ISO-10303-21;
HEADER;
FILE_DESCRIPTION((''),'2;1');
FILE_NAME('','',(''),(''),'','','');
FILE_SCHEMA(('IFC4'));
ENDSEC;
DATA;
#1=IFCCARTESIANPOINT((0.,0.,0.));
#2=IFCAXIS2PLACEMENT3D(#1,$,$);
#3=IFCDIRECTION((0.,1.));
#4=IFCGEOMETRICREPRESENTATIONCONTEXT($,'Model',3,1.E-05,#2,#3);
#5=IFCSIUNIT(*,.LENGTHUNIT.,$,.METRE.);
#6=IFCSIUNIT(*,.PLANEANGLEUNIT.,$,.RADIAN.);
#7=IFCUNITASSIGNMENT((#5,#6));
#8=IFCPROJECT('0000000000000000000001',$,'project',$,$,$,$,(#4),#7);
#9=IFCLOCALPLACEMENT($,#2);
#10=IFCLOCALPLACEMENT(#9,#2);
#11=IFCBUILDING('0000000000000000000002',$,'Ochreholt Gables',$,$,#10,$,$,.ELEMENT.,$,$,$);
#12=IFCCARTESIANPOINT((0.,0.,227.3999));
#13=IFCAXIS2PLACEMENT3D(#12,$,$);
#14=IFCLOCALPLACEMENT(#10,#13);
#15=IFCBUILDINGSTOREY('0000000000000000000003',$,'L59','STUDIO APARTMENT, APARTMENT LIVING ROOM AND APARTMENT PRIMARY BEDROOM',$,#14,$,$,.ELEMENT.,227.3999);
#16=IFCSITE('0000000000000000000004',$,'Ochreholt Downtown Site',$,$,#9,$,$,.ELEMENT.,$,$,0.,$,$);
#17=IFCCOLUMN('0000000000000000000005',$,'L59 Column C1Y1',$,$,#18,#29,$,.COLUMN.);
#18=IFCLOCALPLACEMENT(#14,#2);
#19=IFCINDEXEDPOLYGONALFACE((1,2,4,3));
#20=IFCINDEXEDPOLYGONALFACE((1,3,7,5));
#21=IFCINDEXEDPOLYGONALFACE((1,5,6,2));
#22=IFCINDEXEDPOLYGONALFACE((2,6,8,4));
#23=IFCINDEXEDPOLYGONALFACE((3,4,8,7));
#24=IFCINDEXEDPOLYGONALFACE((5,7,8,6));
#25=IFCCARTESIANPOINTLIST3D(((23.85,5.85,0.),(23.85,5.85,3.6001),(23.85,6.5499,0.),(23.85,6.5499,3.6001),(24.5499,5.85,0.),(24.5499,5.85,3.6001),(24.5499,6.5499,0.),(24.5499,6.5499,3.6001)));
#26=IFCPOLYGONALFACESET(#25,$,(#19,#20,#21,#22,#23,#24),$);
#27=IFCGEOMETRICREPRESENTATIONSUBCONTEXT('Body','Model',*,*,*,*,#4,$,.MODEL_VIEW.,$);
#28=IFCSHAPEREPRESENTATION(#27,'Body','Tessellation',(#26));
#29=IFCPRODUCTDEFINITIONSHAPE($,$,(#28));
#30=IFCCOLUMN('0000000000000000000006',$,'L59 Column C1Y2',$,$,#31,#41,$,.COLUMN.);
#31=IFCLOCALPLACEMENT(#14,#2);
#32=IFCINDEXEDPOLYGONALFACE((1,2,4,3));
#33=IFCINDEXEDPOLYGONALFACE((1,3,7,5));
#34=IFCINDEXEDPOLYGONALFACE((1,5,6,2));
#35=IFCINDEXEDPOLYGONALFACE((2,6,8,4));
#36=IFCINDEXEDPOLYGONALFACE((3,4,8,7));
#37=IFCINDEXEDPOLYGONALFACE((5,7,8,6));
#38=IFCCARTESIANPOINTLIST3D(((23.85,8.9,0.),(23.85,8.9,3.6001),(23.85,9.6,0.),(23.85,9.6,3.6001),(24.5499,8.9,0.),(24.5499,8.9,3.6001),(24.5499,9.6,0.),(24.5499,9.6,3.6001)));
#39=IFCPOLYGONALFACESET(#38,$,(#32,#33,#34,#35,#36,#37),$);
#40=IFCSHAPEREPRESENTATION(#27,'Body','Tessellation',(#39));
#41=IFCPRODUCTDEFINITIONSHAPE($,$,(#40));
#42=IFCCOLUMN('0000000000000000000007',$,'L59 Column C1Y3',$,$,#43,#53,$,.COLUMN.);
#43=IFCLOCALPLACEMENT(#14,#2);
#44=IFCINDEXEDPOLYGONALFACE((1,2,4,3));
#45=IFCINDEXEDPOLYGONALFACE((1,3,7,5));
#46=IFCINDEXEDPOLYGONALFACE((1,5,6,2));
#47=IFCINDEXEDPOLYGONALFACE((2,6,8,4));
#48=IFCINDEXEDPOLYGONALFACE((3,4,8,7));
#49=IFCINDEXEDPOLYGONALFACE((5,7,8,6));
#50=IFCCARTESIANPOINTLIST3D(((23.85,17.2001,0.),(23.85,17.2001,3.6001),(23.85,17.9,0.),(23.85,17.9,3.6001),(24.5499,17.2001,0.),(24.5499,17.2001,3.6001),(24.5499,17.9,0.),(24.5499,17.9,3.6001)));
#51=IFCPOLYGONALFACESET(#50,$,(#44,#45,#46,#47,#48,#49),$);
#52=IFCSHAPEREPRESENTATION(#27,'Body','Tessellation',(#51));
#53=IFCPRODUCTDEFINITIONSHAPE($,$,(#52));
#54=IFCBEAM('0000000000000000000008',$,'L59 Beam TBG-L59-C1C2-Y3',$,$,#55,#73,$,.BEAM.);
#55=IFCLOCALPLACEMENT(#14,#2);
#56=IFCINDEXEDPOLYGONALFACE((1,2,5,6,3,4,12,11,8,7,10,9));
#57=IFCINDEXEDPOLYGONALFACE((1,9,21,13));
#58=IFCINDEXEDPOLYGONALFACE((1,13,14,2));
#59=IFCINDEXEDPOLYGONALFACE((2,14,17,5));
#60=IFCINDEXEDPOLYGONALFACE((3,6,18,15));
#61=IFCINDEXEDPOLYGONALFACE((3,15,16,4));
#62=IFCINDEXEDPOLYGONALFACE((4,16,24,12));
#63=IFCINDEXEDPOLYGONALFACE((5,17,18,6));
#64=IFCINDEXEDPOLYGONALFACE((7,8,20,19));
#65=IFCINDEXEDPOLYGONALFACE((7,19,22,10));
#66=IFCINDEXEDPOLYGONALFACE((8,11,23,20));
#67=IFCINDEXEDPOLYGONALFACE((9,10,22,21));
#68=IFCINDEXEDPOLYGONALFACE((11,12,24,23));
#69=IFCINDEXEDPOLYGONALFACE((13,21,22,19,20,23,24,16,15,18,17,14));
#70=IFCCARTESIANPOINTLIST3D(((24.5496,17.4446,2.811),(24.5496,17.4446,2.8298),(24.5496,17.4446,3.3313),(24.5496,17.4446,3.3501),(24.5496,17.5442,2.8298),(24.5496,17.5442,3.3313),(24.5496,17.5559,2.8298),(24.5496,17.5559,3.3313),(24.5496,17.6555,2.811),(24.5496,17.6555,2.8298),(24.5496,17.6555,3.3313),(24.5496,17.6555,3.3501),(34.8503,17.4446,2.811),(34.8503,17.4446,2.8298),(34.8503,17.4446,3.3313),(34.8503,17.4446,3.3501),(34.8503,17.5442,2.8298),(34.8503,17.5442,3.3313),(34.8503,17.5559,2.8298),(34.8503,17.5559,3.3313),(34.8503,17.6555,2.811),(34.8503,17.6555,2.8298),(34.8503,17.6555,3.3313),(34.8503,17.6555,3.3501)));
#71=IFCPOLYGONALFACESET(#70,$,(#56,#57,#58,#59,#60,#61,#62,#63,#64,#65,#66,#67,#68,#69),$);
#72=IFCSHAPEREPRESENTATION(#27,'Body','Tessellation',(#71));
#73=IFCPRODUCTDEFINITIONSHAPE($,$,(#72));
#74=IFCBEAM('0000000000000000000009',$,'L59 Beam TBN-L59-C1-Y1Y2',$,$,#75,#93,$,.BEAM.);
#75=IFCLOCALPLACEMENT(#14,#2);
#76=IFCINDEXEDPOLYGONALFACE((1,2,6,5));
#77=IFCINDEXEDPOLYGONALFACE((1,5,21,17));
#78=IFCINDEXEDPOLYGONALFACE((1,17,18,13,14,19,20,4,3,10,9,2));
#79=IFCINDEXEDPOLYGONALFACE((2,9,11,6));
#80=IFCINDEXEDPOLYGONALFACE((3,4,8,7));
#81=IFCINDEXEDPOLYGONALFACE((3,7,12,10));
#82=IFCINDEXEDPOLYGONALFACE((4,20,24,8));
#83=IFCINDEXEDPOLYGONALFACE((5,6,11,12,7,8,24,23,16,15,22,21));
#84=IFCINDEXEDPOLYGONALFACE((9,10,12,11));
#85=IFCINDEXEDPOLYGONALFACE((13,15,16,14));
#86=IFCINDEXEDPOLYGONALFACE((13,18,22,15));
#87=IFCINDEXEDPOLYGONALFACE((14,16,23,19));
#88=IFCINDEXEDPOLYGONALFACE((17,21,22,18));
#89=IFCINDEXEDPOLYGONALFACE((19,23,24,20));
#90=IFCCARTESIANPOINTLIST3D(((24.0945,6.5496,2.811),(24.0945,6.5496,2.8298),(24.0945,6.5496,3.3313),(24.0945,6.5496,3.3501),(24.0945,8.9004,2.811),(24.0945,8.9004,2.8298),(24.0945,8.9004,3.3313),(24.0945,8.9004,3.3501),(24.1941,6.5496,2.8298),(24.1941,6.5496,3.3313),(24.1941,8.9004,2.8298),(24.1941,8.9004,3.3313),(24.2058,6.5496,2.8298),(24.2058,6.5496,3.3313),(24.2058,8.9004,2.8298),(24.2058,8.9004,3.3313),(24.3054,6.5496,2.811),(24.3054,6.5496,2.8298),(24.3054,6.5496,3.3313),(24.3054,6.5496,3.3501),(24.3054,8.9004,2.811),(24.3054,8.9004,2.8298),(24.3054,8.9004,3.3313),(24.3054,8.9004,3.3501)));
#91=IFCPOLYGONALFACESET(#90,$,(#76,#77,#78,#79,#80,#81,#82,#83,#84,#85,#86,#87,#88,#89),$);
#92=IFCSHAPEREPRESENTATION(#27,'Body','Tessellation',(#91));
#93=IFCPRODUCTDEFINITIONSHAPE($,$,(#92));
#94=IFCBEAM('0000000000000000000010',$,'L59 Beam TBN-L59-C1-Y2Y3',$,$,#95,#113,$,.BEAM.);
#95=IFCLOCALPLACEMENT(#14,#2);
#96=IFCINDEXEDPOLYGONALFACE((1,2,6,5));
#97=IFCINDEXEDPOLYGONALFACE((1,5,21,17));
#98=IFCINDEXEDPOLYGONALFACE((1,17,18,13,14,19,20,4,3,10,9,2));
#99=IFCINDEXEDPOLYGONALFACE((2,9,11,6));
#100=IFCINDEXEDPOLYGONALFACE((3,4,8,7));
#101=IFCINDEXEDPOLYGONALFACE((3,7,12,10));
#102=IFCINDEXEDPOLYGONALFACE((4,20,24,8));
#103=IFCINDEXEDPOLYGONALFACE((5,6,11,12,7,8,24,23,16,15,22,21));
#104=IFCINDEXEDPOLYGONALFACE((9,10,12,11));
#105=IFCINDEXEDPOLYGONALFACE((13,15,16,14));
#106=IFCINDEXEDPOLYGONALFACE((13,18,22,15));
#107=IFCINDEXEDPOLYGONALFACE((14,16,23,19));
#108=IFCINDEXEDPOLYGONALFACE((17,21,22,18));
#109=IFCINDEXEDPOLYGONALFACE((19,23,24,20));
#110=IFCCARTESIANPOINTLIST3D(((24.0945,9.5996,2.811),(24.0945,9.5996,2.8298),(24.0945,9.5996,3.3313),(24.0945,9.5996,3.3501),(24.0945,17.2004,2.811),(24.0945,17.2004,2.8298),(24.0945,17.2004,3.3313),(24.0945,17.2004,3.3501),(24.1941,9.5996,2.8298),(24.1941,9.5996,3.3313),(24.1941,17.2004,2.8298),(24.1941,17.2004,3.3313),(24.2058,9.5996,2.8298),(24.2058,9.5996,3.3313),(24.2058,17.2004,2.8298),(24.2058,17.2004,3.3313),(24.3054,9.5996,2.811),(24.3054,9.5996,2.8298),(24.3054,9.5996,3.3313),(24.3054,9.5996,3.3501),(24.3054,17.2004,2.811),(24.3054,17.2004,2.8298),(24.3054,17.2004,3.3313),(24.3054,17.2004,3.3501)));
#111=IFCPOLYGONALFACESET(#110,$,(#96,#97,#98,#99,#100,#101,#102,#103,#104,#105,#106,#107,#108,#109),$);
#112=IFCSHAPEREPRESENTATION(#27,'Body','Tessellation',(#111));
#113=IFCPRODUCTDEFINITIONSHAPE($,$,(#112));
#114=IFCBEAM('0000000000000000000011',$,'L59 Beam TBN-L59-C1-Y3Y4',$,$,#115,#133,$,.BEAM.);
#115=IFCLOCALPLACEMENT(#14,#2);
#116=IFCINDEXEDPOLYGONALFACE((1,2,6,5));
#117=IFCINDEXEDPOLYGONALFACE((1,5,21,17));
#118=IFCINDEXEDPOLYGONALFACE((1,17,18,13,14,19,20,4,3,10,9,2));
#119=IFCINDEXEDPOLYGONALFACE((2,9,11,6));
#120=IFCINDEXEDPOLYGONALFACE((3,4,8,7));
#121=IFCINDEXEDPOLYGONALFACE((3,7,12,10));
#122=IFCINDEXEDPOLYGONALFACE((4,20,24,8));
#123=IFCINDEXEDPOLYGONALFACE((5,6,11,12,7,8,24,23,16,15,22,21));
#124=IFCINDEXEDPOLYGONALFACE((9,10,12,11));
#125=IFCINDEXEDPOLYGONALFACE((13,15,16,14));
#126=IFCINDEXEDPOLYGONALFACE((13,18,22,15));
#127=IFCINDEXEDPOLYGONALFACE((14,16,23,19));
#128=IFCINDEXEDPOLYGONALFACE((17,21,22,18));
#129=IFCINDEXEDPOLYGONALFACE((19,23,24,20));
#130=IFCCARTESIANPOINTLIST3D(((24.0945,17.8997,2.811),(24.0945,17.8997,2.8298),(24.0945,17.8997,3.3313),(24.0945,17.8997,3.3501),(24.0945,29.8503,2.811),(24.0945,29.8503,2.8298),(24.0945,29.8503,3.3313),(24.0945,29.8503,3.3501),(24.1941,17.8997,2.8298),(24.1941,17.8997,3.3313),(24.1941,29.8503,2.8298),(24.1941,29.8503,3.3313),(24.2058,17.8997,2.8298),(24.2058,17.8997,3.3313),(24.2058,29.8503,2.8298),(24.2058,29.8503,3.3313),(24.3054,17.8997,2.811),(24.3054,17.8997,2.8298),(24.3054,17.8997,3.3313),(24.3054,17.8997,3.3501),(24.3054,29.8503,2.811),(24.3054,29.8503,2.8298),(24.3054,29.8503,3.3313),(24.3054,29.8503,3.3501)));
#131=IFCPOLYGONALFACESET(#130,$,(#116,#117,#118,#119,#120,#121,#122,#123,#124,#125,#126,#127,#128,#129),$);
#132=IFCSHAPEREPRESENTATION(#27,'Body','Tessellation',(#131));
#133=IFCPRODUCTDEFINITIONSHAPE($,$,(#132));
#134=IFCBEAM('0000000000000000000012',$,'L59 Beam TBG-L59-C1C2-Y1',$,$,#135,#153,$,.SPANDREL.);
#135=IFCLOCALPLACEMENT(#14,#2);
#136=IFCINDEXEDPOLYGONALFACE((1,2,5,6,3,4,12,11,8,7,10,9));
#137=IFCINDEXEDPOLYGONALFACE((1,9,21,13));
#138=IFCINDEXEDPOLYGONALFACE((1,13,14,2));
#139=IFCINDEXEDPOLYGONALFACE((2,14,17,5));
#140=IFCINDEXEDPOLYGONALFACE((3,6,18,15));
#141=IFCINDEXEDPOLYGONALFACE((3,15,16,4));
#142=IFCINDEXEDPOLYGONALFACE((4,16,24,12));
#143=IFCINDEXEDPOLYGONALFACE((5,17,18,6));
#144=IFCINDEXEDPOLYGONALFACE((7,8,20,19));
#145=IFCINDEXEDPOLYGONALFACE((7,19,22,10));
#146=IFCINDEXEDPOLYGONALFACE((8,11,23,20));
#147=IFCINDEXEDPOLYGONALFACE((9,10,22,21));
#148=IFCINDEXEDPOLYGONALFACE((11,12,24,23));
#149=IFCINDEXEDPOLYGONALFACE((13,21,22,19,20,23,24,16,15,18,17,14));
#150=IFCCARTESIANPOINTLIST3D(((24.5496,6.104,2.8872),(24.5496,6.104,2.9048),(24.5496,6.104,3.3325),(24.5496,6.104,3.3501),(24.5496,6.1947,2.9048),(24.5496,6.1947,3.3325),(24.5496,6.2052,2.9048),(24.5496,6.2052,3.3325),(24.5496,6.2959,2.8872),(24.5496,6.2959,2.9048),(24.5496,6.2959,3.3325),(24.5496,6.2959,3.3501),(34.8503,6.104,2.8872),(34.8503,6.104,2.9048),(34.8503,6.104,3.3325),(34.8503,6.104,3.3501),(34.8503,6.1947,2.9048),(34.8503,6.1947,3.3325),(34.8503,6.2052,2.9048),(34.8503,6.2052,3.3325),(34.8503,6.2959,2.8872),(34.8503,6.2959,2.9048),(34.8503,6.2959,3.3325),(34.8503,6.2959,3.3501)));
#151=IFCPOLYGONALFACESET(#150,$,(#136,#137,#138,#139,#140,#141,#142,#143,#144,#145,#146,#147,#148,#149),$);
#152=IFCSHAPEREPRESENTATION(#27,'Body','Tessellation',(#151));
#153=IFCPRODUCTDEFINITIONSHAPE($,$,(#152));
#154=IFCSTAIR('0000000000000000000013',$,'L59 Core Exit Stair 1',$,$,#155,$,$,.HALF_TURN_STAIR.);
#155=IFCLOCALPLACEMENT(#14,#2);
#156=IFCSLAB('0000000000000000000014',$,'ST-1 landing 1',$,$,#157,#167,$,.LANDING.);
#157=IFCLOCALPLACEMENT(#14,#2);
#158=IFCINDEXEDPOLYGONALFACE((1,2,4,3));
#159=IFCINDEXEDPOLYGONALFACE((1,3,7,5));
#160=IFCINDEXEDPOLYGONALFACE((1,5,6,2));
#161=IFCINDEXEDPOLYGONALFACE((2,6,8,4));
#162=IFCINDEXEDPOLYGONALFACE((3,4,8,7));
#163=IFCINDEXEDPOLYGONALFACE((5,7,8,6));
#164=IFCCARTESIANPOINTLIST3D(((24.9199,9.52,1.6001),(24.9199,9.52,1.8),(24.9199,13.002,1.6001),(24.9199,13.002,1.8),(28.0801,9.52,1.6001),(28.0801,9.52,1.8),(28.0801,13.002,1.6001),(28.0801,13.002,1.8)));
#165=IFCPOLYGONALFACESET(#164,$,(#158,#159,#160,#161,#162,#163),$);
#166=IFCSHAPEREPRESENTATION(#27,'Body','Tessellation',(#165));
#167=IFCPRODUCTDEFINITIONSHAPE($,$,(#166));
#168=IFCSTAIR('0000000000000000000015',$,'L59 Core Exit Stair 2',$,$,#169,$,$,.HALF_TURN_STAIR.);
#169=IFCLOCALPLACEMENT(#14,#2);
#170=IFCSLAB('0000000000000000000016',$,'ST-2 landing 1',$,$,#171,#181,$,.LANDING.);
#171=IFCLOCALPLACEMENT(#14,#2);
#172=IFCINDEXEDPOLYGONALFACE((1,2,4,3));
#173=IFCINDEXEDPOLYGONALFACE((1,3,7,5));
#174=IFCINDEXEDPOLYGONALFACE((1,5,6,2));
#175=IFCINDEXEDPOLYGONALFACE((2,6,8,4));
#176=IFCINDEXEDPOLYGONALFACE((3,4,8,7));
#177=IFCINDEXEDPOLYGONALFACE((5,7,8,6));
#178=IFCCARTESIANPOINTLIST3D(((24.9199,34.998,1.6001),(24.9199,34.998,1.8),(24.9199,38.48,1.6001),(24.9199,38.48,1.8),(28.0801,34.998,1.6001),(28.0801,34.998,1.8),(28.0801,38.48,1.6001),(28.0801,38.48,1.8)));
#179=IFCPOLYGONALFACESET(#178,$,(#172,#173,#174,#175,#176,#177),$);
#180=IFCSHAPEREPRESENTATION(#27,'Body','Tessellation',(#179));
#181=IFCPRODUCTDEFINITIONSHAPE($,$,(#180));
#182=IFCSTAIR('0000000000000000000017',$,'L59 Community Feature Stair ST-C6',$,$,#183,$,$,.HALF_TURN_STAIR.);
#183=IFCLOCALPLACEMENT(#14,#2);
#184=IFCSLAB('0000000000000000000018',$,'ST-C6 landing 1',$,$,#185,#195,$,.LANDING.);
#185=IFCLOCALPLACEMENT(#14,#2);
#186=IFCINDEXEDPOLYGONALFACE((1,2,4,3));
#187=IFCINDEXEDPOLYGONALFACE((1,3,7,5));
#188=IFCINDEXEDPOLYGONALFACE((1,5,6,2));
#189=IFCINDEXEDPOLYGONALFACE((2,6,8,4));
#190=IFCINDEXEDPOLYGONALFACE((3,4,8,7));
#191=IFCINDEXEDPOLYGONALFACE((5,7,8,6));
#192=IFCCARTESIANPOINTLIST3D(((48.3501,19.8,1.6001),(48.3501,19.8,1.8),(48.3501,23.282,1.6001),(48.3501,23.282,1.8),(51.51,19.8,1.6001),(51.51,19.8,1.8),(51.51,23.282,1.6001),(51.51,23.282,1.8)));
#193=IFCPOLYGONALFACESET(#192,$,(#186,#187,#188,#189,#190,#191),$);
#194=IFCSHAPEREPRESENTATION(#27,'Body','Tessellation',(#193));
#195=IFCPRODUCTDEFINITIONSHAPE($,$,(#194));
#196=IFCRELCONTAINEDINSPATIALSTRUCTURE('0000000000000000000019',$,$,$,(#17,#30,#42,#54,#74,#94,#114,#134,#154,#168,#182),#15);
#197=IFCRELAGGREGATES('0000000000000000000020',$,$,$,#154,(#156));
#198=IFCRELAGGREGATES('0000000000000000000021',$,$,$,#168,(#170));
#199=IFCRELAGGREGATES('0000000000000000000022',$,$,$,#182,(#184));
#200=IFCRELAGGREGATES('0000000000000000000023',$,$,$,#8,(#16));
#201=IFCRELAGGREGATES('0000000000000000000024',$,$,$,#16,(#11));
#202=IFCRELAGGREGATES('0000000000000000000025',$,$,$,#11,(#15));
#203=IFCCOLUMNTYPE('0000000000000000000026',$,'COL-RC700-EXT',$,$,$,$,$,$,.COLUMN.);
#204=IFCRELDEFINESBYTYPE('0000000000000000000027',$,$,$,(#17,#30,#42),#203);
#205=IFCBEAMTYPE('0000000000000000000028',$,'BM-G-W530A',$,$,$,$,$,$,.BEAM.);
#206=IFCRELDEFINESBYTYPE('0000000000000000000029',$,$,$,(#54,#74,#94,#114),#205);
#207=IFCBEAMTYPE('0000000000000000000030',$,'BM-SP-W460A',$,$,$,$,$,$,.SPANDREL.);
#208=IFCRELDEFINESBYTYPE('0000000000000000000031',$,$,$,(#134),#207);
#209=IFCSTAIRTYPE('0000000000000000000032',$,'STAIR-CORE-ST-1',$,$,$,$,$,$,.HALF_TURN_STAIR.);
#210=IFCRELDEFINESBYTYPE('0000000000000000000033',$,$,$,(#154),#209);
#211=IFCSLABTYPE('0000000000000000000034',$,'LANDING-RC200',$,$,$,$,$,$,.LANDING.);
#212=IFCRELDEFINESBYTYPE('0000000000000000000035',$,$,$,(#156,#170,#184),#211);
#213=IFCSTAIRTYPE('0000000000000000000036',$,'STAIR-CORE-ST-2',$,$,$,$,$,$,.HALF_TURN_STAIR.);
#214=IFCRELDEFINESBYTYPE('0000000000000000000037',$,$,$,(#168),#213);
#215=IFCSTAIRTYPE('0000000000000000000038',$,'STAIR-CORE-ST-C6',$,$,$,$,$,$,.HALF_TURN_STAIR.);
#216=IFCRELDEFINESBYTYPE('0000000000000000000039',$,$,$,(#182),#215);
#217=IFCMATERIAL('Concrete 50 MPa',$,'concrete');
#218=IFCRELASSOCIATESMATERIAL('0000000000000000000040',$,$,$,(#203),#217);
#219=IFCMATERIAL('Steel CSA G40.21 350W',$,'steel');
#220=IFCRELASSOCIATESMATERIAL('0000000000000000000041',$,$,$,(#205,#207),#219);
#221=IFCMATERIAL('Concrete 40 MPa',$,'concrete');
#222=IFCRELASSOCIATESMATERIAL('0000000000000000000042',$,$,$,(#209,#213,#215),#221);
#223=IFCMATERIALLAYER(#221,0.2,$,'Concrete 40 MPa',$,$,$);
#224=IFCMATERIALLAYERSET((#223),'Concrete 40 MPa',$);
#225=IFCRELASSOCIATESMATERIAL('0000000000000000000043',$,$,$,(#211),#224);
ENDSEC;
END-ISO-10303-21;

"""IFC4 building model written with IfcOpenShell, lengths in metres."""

from ifc_helpers import new_model, si_unit, direction, frame, origin, origin_2d, place, context, subcontext, project, spatial, polyline, rectangle, i_section, outline, extrude, material, layer, layer_set, material_profile, profile_set, type_object, element, aggregate, save


model = new_model("IFC4")

# Units and contexts
model_context = context("Model", 3, precision=1e-05, world=origin(), true_north=direction((0.0, 1.0)))
body_context = subcontext(model_context, "Body", "Model", "MODEL_VIEW")
ifc_project = project(units=[si_unit("LENGTHUNIT", "METRE"), si_unit("PLANEANGLEUNIT", "RADIAN")], contexts=[model_context])

# Site, building, storey
site_placement = place(None, origin())
site = spatial("IfcSite", under=ifc_project, at=site_placement, Name="Ochreholt Downtown Site", CompositionType="ELEMENT", RefElevation=0.0)
building_placement = place(site_placement, origin())
building = spatial("IfcBuilding", under=site, at=building_placement, Name="Ochreholt Gables", CompositionType="ELEMENT")
storey_placement = place(building_placement, frame((0.0, 0.0, 227.3999)))
storey = spatial("IfcBuildingStorey", under=building, at=storey_placement, Name="L59", Description="STUDIO APARTMENT, APARTMENT LIVING ROOM AND APARTMENT PRIMARY BEDROOM", CompositionType="ELEMENT", Elevation=227.3999)

# Columns
ifc_material_1 = material(Name="Concrete 50 MPa", Category="concrete")
ifc_material_profile_1 = material_profile(ifc_material_1, rectangle(XDim=0.7, YDim=0.7, at=origin_2d()), Name="RC700X700")
ifc_profile_set_1 = profile_set([ifc_material_profile_1], Name="Concrete 50 MPa")
column_type = type_object("IfcColumnType", Name="COL-RC700-EXT", PredefinedType="COLUMN", material=ifc_profile_set_1)
for number, where, z_axis, x_axis, name in (
    (1, (24.2, 6.2, 0.0), (0.0, 0.0, 1.0), (1.0, 0.0, 0.0), "L59 Column C1Y1"),
    (2, (24.2, 9.25, 0.0), (0.0, 0.0, 1.0), (1.0, 0.0, 0.0), "L59 Column C1Y2"),
    (3, (24.2, 17.55, 0.0), (0.0, 0.0, 1.0), (1.0, 0.0, 0.0), "L59 Column C1Y3"),
):
    element("IfcColumn", number, at=place(storey_placement, frame(where, z_axis=z_axis, x_axis=x_axis)), inside=storey, type_object=column_type, Name=name, PredefinedType="COLUMN", context=body_context, shape_type="SweptSolid", body=[
        extrude(rectangle(XDim=0.7, YDim=0.7, at=origin_2d()), origin(), (0.0, 0.0, 1.0), 3.6001),
    ])

# Beams
ifc_material_2 = material(Name="Steel CSA G40.21 350W", Category="steel")
ifc_material_profile_2 = material_profile(ifc_material_2, i_section(OverallWidth=0.2109, OverallDepth=0.5391, WebThickness=0.0117, FlangeThickness=0.0188, at=origin_2d()), Name="W530X109")
ifc_profile_set_2 = profile_set([ifc_material_profile_2], Name="Steel CSA G40.21 350W")
beam_type_1 = type_object("IfcBeamType", Name="BM-G-W530A", PredefinedType="BEAM", material=ifc_profile_set_2)
beam_1_placement = place(storey_placement, frame((24.5496, 17.55, 3.0806), z_axis=(1.0, 0.0, 0.0), x_axis=(0.0, 1.0, 0.0)))
element("IfcBeam", 4, at=beam_1_placement, inside=storey, type_object=beam_type_1, Name="L59 Beam TBG-L59-C1C2-Y3", PredefinedType="BEAM", context=body_context, shape_type="SweptSolid", body=[
    extrude(i_section(OverallWidth=0.2109, OverallDepth=0.5391, WebThickness=0.0117, FlangeThickness=0.0188, at=origin_2d()), origin(), (0.0, 0.0, 1.0), 10.3008),
])
beam_2_placement = place(storey_placement, frame((24.2, 6.5496, 3.0806), z_axis=(0.0, 1.0, 0.0), x_axis=(-1.0, 0.0, 0.0)))
element("IfcBeam", 5, at=beam_2_placement, inside=storey, type_object=beam_type_1, Name="L59 Beam TBN-L59-C1-Y1Y2", PredefinedType="BEAM", context=body_context, shape_type="SweptSolid", body=[
    extrude(i_section(OverallWidth=0.2109, OverallDepth=0.5391, WebThickness=0.0117, FlangeThickness=0.0188, at=origin_2d()), origin(), (0.0, 0.0, 1.0), 2.3508),
])
beam_3_placement = place(storey_placement, frame((24.2, 9.5996, 3.0806), z_axis=(0.0, 1.0, 0.0), x_axis=(-1.0, 0.0, 0.0)))
element("IfcBeam", 6, at=beam_3_placement, inside=storey, type_object=beam_type_1, Name="L59 Beam TBN-L59-C1-Y2Y3", PredefinedType="BEAM", context=body_context, shape_type="SweptSolid", body=[
    extrude(i_section(OverallWidth=0.2109, OverallDepth=0.5391, WebThickness=0.0117, FlangeThickness=0.0188, at=origin_2d()), origin(), (0.0, 0.0, 1.0), 7.6008),
])
beam_4_placement = place(storey_placement, frame((24.2, 17.8997, 3.0806), z_axis=(0.0, 1.0, 0.0), x_axis=(-1.0, 0.0, 0.0)))
element("IfcBeam", 7, at=beam_4_placement, inside=storey, type_object=beam_type_1, Name="L59 Beam TBN-L59-C1-Y3Y4", PredefinedType="BEAM", context=body_context, shape_type="SweptSolid", body=[
    extrude(i_section(OverallWidth=0.2109, OverallDepth=0.5391, WebThickness=0.0117, FlangeThickness=0.0188, at=origin_2d()), origin(), (0.0, 0.0, 1.0), 11.9507),
])
ifc_material_profile_3 = material_profile(ifc_material_2, i_section(OverallWidth=0.1919, OverallDepth=0.4629, WebThickness=0.0105, FlangeThickness=0.0176, at=origin_2d()), Name="W460X89")
ifc_profile_set_3 = profile_set([ifc_material_profile_3], Name="Steel CSA G40.21 350W")
beam_type_2 = type_object("IfcBeamType", Name="BM-SP-W460A", PredefinedType="SPANDREL", material=ifc_profile_set_3)
beam_5_placement = place(storey_placement, frame((24.5496, 6.2, 3.1187), z_axis=(1.0, 0.0, 0.0), x_axis=(0.0, 1.0, 0.0)))
element("IfcBeam", 8, at=beam_5_placement, inside=storey, type_object=beam_type_2, Name="L59 Beam TBG-L59-C1C2-Y1", PredefinedType="SPANDREL", context=body_context, shape_type="SweptSolid", body=[
    extrude(i_section(OverallWidth=0.1919, OverallDepth=0.4629, WebThickness=0.0105, FlangeThickness=0.0176, at=origin_2d()), origin(), (0.0, 0.0, 1.0), 10.3008),
])

# Stairs, slabs
ifc_material_3 = material(Name="Concrete 40 MPa", Category="concrete")
stair_type_1 = type_object("IfcStairType", Name="STAIR-CORE-ST-1", PredefinedType="HALF_TURN_STAIR", material=ifc_material_3)
stair_1_placement = place(storey_placement, origin())
stair_1 = element("IfcStair", 9, at=stair_1_placement, inside=storey, type_object=stair_type_1, Name="L59 Core Exit Stair 1", PredefinedType="HALF_TURN_STAIR")
ifc_layer_1 = layer(ifc_material_3, 0.2, Name="Concrete 40 MPa")
ifc_layer_set_1 = layer_set([ifc_layer_1], Name="Concrete 40 MPa")
slab_type_1 = type_object("IfcSlabType", Name="LANDING-RC200", PredefinedType="LANDING", material=ifc_layer_set_1)
slab_1_placement = place(storey_placement, frame((0.0, 0.0, 1.6001)))
slab_1 = element("IfcSlab", 10, at=slab_1_placement, type_object=slab_type_1, Name="ST-1 landing 1", PredefinedType="LANDING", context=body_context, shape_type="SweptSolid", body=[
    extrude(outline(polyline([(24.9199, 13.002), (24.9199, 9.52), (28.0801, 9.52), (28.0801, 13.002), (24.9199, 13.002)])), origin(), (0.0, 0.0, 1.0), 0.2),
])
aggregate(stair_1, [slab_1])
stair_type_2 = type_object("IfcStairType", Name="STAIR-CORE-ST-2", PredefinedType="HALF_TURN_STAIR", material=ifc_material_3)
stair_2_placement = place(storey_placement, origin())
stair_2 = element("IfcStair", 11, at=stair_2_placement, inside=storey, type_object=stair_type_2, Name="L59 Core Exit Stair 2", PredefinedType="HALF_TURN_STAIR")
slab_2_placement = place(storey_placement, frame((0.0, 0.0, 1.6001)))
slab_2 = element("IfcSlab", 12, at=slab_2_placement, type_object=slab_type_1, Name="ST-2 landing 1", PredefinedType="LANDING", context=body_context, shape_type="SweptSolid", body=[
    extrude(outline(polyline([(28.0801, 34.998), (28.0801, 38.48), (24.9199, 38.48), (24.9199, 34.998), (28.0801, 34.998)])), origin(), (0.0, 0.0, 1.0), 0.2),
])
aggregate(stair_2, [slab_2])
stair_type_3 = type_object("IfcStairType", Name="STAIR-CORE-ST-C6", PredefinedType="HALF_TURN_STAIR", material=ifc_material_3)
stair_3_placement = place(storey_placement, origin())
stair_3 = element("IfcStair", 13, at=stair_3_placement, inside=storey, type_object=stair_type_3, Name="L59 Community Feature Stair ST-C6", PredefinedType="HALF_TURN_STAIR")
slab_3_placement = place(storey_placement, frame((0.0, 0.0, 1.6001)))
slab_3 = element("IfcSlab", 14, at=slab_3_placement, type_object=slab_type_1, Name="ST-C6 landing 1", PredefinedType="LANDING", context=body_context, shape_type="SweptSolid", body=[
    extrude(outline(polyline([(48.3501, 23.282), (48.3501, 19.8), (51.51, 19.8), (51.51, 23.282), (48.3501, 23.282)])), origin(), (0.0, 0.0, 1.0), 0.2),
])
aggregate(stair_3, [slab_3])

save(model, "model.ifc")
